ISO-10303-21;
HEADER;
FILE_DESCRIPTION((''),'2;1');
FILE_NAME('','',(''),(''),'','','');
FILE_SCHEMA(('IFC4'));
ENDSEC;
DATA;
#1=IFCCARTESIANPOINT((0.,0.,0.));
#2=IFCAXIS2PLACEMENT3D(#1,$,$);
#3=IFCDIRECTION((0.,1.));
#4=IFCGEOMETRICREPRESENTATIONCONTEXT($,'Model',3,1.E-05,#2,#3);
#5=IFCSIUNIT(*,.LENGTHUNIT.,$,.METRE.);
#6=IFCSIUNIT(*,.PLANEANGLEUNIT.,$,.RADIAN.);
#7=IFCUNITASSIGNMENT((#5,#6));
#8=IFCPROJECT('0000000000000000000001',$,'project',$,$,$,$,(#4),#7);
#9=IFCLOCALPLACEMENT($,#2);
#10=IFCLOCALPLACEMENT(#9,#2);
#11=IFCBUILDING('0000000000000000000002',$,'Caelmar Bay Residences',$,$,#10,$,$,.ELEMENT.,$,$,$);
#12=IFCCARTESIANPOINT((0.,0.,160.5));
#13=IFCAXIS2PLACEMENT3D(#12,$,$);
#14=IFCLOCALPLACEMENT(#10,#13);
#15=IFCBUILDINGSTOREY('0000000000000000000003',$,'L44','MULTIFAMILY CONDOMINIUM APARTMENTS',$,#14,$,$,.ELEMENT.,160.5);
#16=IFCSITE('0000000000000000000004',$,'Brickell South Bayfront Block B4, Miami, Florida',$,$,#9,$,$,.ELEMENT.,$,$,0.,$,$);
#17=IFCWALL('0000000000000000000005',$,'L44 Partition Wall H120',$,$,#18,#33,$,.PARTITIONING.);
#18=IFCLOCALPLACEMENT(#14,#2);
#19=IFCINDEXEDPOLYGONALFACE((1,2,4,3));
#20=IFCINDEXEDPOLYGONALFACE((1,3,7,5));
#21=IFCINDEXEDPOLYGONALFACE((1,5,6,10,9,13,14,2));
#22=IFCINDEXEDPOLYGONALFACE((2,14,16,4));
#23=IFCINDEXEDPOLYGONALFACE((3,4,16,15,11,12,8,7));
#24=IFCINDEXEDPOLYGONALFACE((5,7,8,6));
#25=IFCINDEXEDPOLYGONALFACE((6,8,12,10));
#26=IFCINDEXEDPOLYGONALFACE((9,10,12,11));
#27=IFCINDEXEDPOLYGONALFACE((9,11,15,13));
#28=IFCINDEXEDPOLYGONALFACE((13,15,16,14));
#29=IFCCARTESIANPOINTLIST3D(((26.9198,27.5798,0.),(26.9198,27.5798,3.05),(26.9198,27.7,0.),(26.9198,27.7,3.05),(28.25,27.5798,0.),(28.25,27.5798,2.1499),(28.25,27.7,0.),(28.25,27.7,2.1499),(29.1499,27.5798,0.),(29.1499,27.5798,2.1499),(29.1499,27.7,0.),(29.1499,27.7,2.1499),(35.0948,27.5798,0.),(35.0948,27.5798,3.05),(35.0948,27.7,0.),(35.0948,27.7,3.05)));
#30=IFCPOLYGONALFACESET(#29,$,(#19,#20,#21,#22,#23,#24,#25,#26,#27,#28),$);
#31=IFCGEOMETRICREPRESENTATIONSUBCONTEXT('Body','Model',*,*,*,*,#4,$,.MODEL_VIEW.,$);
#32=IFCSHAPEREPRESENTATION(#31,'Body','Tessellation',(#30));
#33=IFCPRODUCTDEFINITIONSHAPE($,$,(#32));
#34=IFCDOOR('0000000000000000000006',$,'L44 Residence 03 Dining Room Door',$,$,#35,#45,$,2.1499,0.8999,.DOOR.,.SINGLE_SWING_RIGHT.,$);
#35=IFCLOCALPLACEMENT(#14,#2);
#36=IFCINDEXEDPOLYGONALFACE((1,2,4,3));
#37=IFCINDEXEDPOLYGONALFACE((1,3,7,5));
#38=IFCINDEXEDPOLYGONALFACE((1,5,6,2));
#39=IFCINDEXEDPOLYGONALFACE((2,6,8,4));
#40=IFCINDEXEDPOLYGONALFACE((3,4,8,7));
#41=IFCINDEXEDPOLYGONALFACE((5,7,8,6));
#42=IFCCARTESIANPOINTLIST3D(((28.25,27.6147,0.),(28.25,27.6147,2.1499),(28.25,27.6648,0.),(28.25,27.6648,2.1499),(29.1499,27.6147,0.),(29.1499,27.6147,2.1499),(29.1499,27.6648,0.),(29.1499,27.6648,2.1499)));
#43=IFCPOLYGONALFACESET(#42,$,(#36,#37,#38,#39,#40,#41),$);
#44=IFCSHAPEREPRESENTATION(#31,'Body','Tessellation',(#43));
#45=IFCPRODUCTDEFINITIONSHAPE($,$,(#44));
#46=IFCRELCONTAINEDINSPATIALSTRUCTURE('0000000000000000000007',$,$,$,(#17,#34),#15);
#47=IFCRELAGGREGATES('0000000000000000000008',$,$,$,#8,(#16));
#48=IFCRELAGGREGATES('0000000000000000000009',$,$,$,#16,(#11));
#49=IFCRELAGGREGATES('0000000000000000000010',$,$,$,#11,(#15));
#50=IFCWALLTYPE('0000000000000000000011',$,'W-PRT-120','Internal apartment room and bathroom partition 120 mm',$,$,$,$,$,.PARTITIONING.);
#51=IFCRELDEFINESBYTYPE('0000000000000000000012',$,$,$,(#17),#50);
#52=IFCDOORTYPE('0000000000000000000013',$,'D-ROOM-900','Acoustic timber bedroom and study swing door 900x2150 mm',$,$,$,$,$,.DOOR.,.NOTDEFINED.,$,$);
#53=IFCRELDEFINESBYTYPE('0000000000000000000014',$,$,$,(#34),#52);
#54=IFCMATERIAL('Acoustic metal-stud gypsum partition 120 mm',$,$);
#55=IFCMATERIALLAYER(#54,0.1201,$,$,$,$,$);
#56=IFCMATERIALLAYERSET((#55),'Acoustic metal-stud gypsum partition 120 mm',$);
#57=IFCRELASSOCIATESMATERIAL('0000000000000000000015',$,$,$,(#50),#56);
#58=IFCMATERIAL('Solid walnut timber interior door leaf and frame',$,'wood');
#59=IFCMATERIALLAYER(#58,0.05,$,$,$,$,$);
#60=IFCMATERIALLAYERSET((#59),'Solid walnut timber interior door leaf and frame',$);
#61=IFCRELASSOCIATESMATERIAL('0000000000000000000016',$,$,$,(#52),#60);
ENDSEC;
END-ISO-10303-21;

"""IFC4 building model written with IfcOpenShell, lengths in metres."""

from ifc_helpers import new_model, si_unit, direction, frame, frame_2d, origin, place, context, subcontext, project, spatial, rectangle, extrude, material, layer, layer_set, type_object, element, fill, save


model = new_model("IFC4")

# Units and contexts
model_context = context("Model", 3, precision=1e-05, world=origin(), true_north=direction((0.0, 1.0)))
body_context = subcontext(model_context, "Body", "Model", "MODEL_VIEW")
ifc_project = project(units=[si_unit("LENGTHUNIT", "METRE"), si_unit("PLANEANGLEUNIT", "RADIAN")], contexts=[model_context])

# Site, building, storey
site_placement = place(None, origin())
site = spatial("IfcSite", under=ifc_project, at=site_placement, Name="Brickell South Bayfront Block B4, Miami, Florida", CompositionType="ELEMENT", RefElevation=0.0)
building_placement = place(site_placement, origin())
building = spatial("IfcBuilding", under=site, at=building_placement, Name="Caelmar Bay Residences", CompositionType="ELEMENT")
storey_placement = place(building_placement, frame((0.0, 0.0, 160.5)))
storey = spatial("IfcBuildingStorey", under=building, at=storey_placement, Name="L44", Description="MULTIFAMILY CONDOMINIUM APARTMENTS", CompositionType="ELEMENT", Elevation=160.5)

# Shared definitions
ifc_material_1 = material(Name="Acoustic metal-stud gypsum partition 120 mm")
ifc_layer_1 = layer(ifc_material_1, 0.1201)
ifc_layer_set_1 = layer_set([ifc_layer_1], Name="Acoustic metal-stud gypsum partition 120 mm")
wall_type = type_object("IfcWallType", Name="W-PRT-120", Description="Internal apartment room and bathroom partition 120 mm", PredefinedType="PARTITIONING", material=ifc_layer_set_1)
ifc_material_2 = material(Name="Solid walnut timber interior door leaf and frame", Category="wood")
ifc_layer_2 = layer(ifc_material_2, 0.05)
ifc_layer_set_2 = layer_set([ifc_layer_2], Name="Solid walnut timber interior door leaf and frame")
door_type_1 = type_object("IfcDoorType", Name="D-ROOM-900", Description="Acoustic timber bedroom and study swing door 900x2150 mm", OperationType="NOTDEFINED", PredefinedType="DOOR", material=ifc_layer_set_2)

# Wall, opening, door
wall_1_placement = place(storey_placement, frame((26.9199, 27.6399, 0.0), z_axis=(0.0, 0.0, 1.0), x_axis=(1.0, 0.0, 0.0)))
wall_1 = element("IfcWall", 1, at=wall_1_placement, inside=storey, type_object=wall_type, Name="L44 Partition Wall H120", PredefinedType="PARTITIONING", context=body_context, shape_type="SweptSolid", body=[
    extrude(rectangle(XDim=8.175, YDim=0.1201, at=frame_2d((4.0874, 0.0))), origin(), (0.0, 0.0, 1.0), 3.05),
])
opening_1_placement = place(wall_1_placement, frame((1.3301, 0.0, 0.0)))
opening_1 = element("IfcOpeningElement", 2, at=opening_1_placement, cuts=wall_1, PredefinedType="OPENING", context=body_context, shape_type="SweptSolid", body=[
    extrude(rectangle(XDim=0.8999, YDim=2.1499, at=frame_2d((0.45, 1.075))), frame((0.0, 0.0701, 0.0), z_axis=(0.0, -1.0, 0.0), x_axis=(1.0, 0.0, 0.0)), (0.0, 0.0, 1.0), 0.1401),
])
door_1_placement = place(opening_1_placement, origin())
door_1 = element("IfcDoor", 3, at=door_1_placement, inside=storey, type_object=door_type_1, Name="L44 Residence 03 Dining Room Door", OperationType="SINGLE_SWING_RIGHT", OverallHeight=2.1499, OverallWidth=0.8999, PredefinedType="DOOR", context=body_context, shape_type="SweptSolid", body=[
    extrude(rectangle(XDim=0.8999, YDim=2.1499, at=frame_2d((0.45, 1.075))), frame((0.0, 0.0249, 0.0), z_axis=(0.0, -1.0, 0.0), x_axis=(1.0, 0.0, 0.0)), (0.0, 0.0, 1.0), 0.05),
])
fill(opening_1, door_1)

save(model, "model.ifc")
